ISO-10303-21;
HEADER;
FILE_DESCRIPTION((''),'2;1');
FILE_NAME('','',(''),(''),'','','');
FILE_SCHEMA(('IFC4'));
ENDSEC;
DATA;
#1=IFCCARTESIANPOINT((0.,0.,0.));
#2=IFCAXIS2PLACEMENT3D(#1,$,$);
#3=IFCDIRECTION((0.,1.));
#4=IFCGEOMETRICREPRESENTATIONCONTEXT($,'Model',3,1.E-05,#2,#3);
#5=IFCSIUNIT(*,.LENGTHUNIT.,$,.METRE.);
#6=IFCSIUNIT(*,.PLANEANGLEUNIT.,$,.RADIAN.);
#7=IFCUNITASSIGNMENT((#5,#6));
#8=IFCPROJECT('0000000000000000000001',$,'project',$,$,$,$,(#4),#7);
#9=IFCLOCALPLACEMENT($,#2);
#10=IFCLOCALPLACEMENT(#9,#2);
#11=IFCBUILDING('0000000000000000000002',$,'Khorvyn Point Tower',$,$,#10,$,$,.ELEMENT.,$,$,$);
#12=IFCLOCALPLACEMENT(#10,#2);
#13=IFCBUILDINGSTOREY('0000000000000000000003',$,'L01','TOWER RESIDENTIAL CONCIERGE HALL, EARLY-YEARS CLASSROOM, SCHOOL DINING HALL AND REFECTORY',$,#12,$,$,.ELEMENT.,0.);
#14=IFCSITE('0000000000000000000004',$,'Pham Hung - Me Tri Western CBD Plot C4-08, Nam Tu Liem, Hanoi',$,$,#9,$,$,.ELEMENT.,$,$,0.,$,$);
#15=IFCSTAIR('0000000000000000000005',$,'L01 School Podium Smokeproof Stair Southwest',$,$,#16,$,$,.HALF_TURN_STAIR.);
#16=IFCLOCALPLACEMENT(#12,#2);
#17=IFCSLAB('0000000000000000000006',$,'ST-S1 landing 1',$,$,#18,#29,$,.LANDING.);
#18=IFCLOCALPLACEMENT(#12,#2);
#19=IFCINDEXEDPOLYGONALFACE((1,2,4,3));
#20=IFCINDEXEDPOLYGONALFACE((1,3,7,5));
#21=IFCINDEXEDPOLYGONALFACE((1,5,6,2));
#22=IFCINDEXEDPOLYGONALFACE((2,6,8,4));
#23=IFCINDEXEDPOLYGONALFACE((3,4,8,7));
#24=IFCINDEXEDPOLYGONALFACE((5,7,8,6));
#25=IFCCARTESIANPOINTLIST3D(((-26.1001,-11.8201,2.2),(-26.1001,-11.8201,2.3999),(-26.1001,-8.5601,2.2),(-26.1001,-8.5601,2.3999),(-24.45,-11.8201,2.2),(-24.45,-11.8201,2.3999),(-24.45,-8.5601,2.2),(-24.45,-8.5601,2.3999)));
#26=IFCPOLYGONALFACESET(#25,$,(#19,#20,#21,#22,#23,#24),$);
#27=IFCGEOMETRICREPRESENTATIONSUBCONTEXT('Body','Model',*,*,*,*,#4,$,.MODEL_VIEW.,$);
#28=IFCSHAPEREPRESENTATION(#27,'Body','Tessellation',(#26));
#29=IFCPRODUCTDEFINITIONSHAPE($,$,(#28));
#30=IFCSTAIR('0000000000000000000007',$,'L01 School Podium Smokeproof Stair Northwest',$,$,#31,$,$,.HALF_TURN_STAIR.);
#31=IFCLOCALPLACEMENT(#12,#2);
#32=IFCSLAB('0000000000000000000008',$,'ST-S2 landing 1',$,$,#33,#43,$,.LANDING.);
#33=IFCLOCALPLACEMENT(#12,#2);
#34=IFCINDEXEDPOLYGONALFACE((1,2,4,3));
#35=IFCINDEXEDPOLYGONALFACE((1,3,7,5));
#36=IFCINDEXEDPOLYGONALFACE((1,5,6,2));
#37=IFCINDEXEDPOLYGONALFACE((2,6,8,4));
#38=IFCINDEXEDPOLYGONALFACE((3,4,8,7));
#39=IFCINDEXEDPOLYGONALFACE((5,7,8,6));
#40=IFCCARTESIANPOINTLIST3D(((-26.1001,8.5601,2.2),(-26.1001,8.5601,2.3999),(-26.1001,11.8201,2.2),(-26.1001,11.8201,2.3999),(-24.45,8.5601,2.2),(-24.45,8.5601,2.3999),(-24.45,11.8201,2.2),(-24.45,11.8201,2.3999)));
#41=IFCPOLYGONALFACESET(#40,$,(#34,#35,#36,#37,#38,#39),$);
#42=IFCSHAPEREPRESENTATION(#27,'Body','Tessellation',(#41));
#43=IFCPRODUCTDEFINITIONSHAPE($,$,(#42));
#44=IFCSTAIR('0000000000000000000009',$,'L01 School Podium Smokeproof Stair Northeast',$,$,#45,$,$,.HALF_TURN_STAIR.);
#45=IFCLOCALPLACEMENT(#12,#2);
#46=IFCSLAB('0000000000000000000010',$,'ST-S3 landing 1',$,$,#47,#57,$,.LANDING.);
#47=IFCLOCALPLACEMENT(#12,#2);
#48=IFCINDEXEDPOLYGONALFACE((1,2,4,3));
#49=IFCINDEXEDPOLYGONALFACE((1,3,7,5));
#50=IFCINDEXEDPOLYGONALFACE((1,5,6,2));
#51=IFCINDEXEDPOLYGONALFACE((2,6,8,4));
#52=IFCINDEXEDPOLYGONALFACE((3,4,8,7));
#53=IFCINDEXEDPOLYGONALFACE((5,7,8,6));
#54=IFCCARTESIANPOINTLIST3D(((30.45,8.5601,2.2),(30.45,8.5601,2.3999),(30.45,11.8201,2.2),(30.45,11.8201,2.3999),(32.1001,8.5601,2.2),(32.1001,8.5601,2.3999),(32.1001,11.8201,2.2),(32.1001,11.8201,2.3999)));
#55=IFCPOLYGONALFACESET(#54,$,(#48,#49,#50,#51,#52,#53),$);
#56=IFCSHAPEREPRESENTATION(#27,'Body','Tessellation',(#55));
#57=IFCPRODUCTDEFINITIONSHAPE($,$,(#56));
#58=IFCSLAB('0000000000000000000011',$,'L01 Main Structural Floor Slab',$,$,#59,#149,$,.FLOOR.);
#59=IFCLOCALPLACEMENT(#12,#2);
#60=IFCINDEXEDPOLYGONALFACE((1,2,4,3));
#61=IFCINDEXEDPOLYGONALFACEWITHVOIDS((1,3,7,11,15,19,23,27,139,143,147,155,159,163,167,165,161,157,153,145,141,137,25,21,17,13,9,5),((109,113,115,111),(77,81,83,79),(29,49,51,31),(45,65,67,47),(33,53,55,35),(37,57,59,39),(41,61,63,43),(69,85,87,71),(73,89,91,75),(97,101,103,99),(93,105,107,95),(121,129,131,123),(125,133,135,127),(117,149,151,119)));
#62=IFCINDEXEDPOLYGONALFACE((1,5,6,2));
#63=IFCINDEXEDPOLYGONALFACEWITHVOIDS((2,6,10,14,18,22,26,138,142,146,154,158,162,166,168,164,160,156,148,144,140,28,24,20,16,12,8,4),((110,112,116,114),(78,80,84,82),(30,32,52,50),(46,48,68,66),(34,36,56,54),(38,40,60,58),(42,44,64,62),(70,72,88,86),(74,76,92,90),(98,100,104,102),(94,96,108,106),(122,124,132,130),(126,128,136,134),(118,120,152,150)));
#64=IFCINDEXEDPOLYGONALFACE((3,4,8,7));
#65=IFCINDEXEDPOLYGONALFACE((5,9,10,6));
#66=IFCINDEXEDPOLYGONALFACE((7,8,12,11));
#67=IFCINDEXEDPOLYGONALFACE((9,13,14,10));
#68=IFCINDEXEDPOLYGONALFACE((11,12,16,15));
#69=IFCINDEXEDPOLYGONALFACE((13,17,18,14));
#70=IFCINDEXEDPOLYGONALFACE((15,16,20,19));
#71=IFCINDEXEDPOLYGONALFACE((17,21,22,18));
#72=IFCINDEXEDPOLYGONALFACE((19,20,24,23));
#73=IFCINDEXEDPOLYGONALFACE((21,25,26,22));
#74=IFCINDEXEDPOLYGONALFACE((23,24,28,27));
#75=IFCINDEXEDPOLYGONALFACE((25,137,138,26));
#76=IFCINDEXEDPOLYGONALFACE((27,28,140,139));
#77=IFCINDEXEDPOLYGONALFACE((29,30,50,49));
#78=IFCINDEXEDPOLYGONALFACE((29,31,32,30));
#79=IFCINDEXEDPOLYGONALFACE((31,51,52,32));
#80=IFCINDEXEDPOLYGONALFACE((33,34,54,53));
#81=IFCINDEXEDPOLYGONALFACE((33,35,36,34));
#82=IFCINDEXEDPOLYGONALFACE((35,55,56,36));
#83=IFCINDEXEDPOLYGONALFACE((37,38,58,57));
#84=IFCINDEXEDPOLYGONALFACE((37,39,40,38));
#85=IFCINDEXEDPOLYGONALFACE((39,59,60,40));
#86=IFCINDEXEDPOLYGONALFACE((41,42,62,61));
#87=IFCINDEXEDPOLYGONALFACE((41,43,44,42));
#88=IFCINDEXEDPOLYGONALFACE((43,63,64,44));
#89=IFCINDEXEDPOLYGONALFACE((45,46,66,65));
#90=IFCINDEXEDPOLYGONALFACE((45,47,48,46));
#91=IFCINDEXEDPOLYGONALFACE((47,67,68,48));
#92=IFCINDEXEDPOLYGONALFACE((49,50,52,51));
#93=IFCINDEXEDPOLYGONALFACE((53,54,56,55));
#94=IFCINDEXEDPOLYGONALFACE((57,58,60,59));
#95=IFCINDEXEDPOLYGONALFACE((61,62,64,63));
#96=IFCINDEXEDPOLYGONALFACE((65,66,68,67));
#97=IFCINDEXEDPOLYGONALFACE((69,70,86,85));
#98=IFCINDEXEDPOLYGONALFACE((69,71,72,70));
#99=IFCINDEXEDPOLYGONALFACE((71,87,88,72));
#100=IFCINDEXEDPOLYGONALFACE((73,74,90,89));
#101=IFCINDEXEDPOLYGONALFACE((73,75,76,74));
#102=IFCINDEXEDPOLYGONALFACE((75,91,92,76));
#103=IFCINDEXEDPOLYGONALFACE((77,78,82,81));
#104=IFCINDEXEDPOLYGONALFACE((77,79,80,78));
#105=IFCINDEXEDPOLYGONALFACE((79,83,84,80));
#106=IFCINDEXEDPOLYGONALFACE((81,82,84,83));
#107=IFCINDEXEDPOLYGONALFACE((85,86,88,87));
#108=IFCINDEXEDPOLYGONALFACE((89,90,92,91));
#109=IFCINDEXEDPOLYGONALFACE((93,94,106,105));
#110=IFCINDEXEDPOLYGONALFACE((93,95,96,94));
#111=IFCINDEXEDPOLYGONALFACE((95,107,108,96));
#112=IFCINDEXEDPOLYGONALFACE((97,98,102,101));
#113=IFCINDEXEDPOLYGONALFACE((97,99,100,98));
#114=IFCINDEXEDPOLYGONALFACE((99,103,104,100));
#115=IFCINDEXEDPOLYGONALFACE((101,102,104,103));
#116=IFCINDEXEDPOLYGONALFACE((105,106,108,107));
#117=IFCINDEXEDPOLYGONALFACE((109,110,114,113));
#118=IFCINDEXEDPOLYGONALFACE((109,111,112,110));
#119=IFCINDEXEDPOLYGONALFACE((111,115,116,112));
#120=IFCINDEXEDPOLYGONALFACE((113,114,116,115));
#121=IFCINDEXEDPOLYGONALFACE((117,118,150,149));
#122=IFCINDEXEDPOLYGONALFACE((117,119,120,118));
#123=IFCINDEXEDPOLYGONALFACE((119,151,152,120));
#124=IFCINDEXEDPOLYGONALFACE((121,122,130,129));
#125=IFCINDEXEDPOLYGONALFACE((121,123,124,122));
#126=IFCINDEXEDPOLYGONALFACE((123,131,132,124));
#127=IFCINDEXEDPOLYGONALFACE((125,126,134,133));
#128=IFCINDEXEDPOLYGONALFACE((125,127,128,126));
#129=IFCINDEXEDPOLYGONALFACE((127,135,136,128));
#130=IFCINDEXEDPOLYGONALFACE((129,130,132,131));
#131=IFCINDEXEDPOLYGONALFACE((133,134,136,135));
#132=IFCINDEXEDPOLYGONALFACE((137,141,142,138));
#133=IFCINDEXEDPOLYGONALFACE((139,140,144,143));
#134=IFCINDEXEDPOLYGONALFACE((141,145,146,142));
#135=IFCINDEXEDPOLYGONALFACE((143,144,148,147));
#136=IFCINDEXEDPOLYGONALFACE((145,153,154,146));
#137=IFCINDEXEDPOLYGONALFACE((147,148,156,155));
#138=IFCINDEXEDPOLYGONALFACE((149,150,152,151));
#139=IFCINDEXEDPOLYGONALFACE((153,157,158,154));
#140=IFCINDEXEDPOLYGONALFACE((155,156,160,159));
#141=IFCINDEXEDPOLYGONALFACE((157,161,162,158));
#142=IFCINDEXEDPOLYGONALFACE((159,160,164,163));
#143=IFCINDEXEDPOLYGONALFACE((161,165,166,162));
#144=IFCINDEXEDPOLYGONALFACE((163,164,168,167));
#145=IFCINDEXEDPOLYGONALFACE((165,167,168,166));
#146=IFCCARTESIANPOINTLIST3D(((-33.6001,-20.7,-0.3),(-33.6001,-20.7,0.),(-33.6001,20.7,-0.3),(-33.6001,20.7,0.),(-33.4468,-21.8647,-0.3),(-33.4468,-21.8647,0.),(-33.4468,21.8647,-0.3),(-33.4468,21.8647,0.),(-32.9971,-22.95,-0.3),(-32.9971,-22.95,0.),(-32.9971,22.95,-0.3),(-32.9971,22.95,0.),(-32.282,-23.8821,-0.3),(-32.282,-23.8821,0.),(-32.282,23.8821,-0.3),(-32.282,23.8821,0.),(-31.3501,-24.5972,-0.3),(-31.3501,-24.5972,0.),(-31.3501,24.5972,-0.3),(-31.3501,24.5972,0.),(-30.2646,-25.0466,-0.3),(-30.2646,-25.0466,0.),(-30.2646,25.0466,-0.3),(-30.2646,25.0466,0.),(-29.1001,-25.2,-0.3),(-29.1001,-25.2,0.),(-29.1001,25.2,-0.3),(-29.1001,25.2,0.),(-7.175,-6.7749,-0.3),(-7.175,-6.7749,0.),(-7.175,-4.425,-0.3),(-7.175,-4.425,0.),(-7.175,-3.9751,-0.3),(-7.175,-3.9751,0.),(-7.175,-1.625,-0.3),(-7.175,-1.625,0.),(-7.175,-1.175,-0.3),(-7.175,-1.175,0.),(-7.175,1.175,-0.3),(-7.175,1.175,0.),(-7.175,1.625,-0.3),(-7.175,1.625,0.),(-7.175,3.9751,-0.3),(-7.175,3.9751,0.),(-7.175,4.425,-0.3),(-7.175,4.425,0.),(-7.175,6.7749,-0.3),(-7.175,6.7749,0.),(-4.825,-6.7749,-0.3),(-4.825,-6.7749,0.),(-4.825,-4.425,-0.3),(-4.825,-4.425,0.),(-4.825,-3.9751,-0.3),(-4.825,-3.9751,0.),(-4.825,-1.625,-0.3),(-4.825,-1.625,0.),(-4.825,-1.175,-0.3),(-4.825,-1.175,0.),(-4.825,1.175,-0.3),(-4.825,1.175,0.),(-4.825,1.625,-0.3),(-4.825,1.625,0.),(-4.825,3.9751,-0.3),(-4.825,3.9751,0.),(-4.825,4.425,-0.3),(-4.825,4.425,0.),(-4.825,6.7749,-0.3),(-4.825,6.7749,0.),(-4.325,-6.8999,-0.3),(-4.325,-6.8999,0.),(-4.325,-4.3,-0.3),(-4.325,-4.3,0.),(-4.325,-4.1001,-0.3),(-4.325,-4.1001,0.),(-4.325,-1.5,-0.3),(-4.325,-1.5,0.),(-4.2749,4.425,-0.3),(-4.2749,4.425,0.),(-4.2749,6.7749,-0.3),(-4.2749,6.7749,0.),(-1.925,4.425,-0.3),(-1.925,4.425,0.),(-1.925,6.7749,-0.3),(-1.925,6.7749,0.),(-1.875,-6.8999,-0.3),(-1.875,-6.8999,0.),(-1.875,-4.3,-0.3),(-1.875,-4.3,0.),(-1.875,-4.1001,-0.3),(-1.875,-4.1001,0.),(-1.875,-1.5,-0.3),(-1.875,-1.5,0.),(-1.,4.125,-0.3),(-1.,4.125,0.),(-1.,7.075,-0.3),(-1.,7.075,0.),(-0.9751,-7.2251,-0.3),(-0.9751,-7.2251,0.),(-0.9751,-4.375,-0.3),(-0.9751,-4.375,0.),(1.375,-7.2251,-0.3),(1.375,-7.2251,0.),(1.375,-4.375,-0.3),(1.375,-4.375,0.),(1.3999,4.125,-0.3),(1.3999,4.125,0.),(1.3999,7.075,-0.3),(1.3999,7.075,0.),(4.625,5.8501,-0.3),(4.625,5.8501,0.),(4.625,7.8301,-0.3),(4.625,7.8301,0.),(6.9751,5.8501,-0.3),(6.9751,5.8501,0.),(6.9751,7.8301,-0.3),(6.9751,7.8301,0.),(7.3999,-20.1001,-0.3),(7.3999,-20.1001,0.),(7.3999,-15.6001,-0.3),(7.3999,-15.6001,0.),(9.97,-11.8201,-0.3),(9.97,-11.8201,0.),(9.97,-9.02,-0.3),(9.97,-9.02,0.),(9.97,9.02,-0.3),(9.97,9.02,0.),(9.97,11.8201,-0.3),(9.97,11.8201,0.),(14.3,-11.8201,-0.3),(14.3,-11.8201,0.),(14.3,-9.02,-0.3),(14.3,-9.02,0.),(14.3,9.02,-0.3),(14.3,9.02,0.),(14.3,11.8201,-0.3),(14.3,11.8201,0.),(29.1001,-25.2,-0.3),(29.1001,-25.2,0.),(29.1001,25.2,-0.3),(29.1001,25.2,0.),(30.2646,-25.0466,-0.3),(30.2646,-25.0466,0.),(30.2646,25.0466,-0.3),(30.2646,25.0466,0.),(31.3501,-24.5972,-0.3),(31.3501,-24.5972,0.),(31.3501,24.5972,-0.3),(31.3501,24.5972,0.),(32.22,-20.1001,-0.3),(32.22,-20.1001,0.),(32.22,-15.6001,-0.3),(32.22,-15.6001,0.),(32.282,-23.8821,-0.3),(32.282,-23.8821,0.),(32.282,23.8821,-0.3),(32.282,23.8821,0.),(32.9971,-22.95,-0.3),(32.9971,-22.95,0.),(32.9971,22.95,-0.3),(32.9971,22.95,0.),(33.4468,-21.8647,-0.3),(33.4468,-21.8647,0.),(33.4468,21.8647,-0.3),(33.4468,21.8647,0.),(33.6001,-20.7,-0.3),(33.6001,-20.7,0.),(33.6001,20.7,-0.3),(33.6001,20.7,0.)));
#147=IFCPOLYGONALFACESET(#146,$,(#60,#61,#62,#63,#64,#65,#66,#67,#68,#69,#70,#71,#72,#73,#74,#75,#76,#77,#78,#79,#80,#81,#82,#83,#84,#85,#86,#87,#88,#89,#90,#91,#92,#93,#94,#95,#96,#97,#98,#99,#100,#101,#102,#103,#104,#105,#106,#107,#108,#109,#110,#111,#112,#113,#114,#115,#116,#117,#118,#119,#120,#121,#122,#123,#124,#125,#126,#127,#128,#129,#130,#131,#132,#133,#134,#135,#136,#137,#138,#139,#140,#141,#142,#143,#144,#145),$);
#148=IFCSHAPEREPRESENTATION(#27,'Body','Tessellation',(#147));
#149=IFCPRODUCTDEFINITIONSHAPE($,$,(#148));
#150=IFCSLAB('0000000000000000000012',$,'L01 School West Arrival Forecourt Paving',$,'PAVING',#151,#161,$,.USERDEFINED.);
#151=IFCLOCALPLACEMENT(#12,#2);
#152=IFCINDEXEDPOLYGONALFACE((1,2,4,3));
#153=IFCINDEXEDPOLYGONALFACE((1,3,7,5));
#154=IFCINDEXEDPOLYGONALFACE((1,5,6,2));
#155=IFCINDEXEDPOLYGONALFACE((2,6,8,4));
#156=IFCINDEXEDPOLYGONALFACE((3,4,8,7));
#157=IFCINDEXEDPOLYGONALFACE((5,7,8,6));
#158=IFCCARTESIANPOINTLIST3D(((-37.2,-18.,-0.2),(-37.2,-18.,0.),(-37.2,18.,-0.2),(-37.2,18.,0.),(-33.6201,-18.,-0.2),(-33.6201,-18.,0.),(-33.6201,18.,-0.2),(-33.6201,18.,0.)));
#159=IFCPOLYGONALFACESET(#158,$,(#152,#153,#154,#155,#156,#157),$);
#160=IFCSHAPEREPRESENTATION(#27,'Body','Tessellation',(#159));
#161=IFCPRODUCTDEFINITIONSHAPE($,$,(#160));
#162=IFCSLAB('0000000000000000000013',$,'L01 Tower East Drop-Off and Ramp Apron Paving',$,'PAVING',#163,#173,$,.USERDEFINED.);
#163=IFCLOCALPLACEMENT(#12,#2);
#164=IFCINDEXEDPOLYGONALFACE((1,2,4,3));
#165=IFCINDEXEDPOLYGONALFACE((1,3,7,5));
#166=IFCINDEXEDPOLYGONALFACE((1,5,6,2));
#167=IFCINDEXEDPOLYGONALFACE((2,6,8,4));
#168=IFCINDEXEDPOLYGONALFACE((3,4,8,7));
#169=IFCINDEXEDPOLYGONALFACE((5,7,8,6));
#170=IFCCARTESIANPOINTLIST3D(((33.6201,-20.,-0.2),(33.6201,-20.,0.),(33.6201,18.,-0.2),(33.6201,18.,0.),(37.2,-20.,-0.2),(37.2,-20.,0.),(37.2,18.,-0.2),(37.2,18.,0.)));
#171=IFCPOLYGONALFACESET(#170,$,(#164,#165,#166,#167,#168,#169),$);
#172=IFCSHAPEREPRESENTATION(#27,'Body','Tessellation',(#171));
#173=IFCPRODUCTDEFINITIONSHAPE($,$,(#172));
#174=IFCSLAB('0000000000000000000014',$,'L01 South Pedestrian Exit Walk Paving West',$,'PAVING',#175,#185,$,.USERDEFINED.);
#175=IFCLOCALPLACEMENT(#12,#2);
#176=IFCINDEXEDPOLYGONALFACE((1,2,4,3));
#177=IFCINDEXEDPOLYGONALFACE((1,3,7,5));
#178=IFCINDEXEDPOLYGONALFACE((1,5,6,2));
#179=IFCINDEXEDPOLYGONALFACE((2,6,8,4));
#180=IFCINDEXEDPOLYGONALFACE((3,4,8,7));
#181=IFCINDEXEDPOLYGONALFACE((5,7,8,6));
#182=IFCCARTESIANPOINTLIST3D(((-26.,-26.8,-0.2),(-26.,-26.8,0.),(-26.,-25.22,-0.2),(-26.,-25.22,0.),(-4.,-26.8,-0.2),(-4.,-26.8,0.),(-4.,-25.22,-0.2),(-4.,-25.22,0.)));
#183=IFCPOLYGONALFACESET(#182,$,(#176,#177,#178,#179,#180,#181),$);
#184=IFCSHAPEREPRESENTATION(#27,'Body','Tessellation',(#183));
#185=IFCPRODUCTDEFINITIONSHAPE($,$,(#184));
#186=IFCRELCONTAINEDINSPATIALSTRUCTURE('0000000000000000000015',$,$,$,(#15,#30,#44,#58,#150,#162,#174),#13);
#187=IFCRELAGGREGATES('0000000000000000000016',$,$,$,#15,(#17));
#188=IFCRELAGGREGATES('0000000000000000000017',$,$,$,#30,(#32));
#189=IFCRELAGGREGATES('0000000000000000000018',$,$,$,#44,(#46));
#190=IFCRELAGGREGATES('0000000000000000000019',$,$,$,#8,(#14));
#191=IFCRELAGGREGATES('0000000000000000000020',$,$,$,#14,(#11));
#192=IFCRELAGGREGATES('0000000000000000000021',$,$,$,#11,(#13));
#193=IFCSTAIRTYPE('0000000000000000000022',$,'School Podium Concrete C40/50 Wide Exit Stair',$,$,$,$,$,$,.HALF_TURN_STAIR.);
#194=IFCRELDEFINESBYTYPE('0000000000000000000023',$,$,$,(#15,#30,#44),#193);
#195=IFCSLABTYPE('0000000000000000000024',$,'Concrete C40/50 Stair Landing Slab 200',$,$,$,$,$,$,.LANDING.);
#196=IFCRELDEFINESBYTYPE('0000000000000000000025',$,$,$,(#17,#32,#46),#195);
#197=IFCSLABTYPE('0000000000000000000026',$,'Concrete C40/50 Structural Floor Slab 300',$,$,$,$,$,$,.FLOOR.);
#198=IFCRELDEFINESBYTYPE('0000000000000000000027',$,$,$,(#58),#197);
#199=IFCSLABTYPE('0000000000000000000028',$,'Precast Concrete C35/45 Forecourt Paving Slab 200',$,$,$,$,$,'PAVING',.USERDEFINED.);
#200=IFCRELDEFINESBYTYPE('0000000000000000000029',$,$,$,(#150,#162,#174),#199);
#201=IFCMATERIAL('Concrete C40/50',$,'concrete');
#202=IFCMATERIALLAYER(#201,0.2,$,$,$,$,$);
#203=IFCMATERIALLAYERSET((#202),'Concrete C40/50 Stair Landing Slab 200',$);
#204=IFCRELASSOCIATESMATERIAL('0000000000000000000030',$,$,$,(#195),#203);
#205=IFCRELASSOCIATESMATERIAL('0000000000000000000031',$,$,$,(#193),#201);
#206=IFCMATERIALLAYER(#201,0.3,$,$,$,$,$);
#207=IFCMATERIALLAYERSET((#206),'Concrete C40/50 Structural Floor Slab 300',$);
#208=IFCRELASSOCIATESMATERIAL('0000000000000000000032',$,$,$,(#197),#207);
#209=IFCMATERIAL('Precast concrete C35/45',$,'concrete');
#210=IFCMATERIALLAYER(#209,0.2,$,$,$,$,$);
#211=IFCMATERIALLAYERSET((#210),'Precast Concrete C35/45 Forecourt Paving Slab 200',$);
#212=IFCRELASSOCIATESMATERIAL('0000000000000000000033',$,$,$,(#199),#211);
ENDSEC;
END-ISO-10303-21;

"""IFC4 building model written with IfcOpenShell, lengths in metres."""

from ifc_helpers import new_model, si_unit, direction, frame, origin, place, context, subcontext, project, spatial, polyline, outline, extrude, material, layer, layer_set, type_object, element, aggregate, save


model = new_model("IFC4")

# Units and contexts
model_context = context("Model", 3, precision=1e-05, world=origin(), true_north=direction((0.0, 1.0)))
body_context = subcontext(model_context, "Body", "Model", "MODEL_VIEW")
ifc_project = project(units=[si_unit("LENGTHUNIT", "METRE"), si_unit("PLANEANGLEUNIT", "RADIAN")], contexts=[model_context])

# Site, building, storey
site_placement = place(None, origin())
site = spatial("IfcSite", under=ifc_project, at=site_placement, Name="Pham Hung - Me Tri Western CBD Plot C4-08, Nam Tu Liem, Hanoi", CompositionType="ELEMENT", RefElevation=0.0)
building_placement = place(site_placement, origin())
building = spatial("IfcBuilding", under=site, at=building_placement, Name="Khorvyn Point Tower", CompositionType="ELEMENT")
storey_placement = place(building_placement, origin())
storey = spatial("IfcBuildingStorey", under=building, at=storey_placement, Name="L01", Description="TOWER RESIDENTIAL CONCIERGE HALL, EARLY-YEARS CLASSROOM, SCHOOL DINING HALL AND REFECTORY", CompositionType="ELEMENT", Elevation=0.0)

# Shared definitions
ifc_material_1 = material(Name="Concrete C40/50", Category="concrete")

# Stairs, slabs
ifc_layer_1 = layer(ifc_material_1, 0.2)
ifc_layer_set_1 = layer_set([ifc_layer_1], Name="Concrete C40/50 Stair Landing Slab 200")
slab_type_1 = type_object("IfcSlabType", Name="Concrete C40/50 Stair Landing Slab 200", PredefinedType="LANDING", material=ifc_layer_set_1)
stair_type_1 = type_object("IfcStairType", Name="School Podium Concrete C40/50 Wide Exit Stair", PredefinedType="HALF_TURN_STAIR", material=ifc_material_1)
stair_1_placement = place(storey_placement, origin())
stair_1 = element("IfcStair", 1, at=stair_1_placement, inside=storey, type_object=stair_type_1, Name="L01 School Podium Smokeproof Stair Southwest", PredefinedType="HALF_TURN_STAIR")
slab_1_placement = place(storey_placement, frame((0.0, 0.0, 2.2)))
slab_1 = element("IfcSlab", 2, at=slab_1_placement, type_object=slab_type_1, Name="ST-S1 landing 1", PredefinedType="LANDING", context=body_context, shape_type="SweptSolid", body=[
    extrude(outline(polyline([(-26.1001, -11.8201), (-24.45, -11.8201), (-24.45, -8.5601), (-26.1001, -8.5601), (-26.1001, -11.8201)])), origin(), (0.0, 0.0, 1.0), 0.2),
])
aggregate(stair_1, [slab_1])
stair_2_placement = place(storey_placement, origin())
stair_2 = element("IfcStair", 3, at=stair_2_placement, inside=storey, type_object=stair_type_1, Name="L01 School Podium Smokeproof Stair Northwest", PredefinedType="HALF_TURN_STAIR")
slab_2_placement = place(storey_placement, frame((0.0, 0.0, 2.2)))
slab_2 = element("IfcSlab", 4, at=slab_2_placement, type_object=slab_type_1, Name="ST-S2 landing 1", PredefinedType="LANDING", context=body_context, shape_type="SweptSolid", body=[
    extrude(outline(polyline([(-26.1001, 8.5601), (-24.45, 8.5601), (-24.45, 11.8201), (-26.1001, 11.8201), (-26.1001, 8.5601)])), origin(), (0.0, 0.0, 1.0), 0.2),
])
aggregate(stair_2, [slab_2])
stair_3_placement = place(storey_placement, origin())
stair_3 = element("IfcStair", 5, at=stair_3_placement, inside=storey, type_object=stair_type_1, Name="L01 School Podium Smokeproof Stair Northeast", PredefinedType="HALF_TURN_STAIR")
slab_3_placement = place(storey_placement, frame((0.0, 0.0, 2.2)))
slab_3 = element("IfcSlab", 6, at=slab_3_placement, type_object=slab_type_1, Name="ST-S3 landing 1", PredefinedType="LANDING", context=body_context, shape_type="SweptSolid", body=[
    extrude(outline(polyline([(30.45, 8.5601), (32.1001, 8.5601), (32.1001, 11.8201), (30.45, 11.8201), (30.45, 8.5601)])), origin(), (0.0, 0.0, 1.0), 0.2),
])
aggregate(stair_3, [slab_3])

# Slabs
ifc_layer_2 = layer(ifc_material_1, 0.3)
ifc_layer_set_2 = layer_set([ifc_layer_2], Name="Concrete C40/50 Structural Floor Slab 300")
slab_type_2 = type_object("IfcSlabType", Name="Concrete C40/50 Structural Floor Slab 300", PredefinedType="FLOOR", material=ifc_layer_set_2)
slab_4_placement = place(storey_placement, frame((0.0, 0.0, -0.3)))
element("IfcSlab", 7, at=slab_4_placement, inside=storey, type_object=slab_type_2, Name="L01 Main Structural Floor Slab", PredefinedType="FLOOR", context=body_context, shape_type="SweptSolid", body=[
    extrude(outline(polyline([(-29.1001, -25.2), (-30.2646, -25.0466), (-31.3501, -24.5972), (-32.282, -23.8821), (-32.9971, -22.95), (-33.4468, -21.8647), (-33.6001, -20.7), (-33.6001, 20.7), (-33.4468, 21.8647), (-32.9971, 22.95), (-32.282, 23.8821), (-31.3501, 24.5972), (-30.2646, 25.0466), (-29.1001, 25.2), (29.1001, 25.2), (30.2646, 25.0466), (31.3501, 24.5972), (32.282, 23.8821), (32.9971, 22.95), (33.4468, 21.8647), (33.6001, 20.7), (33.6001, -20.7), (33.4468, -21.8647), (32.9971, -22.95), (32.282, -23.8821), (31.3501, -24.5972), (30.2646, -25.0466), (29.1001, -25.2), (-29.1001, -25.2)]), holes=[polyline([(-4.825, -6.7749), (-4.825, -4.425), (-7.175, -4.425), (-7.175, -6.7749), (-4.825, -6.7749)]), polyline([(-4.325, -6.8999), (-1.875, -6.8999), (-1.875, -4.3), (-4.325, -4.3), (-4.325, -6.8999)]), polyline([(-7.175, -3.9751), (-4.825, -3.9751), (-4.825, -1.625), (-7.175, -1.625), (-7.175, -3.9751)]), polyline([(-7.175, -1.175), (-4.825, -1.175), (-4.825, 1.175), (-7.175, 1.175), (-7.175, -1.175)]), polyline([(-7.175, 1.625), (-4.825, 1.625), (-4.825, 3.9751), (-7.175, 3.9751), (-7.175, 1.625)]), polyline([(-7.175, 4.425), (-4.825, 4.425), (-4.825, 6.7749), (-7.175, 6.7749), (-7.175, 4.425)]), polyline([(-4.2749, 4.425), (-1.925, 4.425), (-1.925, 6.7749), (-4.2749, 6.7749), (-4.2749, 4.425)]), polyline([(32.22, -20.1001), (32.22, -15.6001), (7.3999, -15.6001), (7.3999, -20.1001), (32.22, -20.1001)]), polyline([(9.97, -11.8201), (14.3, -11.8201), (14.3, -9.02), (9.97, -9.02), (9.97, -11.8201)]), polyline([(-0.9751, -7.2251), (1.375, -7.2251), (1.375, -4.375), (-0.9751, -4.375), (-0.9751, -7.2251)]), polyline([(-4.325, -4.1001), (-1.875, -4.1001), (-1.875, -1.5), (-4.325, -1.5), (-4.325, -4.1001)]), polyline([(-1.0, 4.125), (1.3999, 4.125), (1.3999, 7.075), (-1.0, 7.075), (-1.0, 4.125)]), polyline([(4.625, 5.8501), (6.9751, 5.8501), (6.9751, 7.8301), (4.625, 7.8301), (4.625, 5.8501)]), polyline([(9.97, 9.02), (14.3, 9.02), (14.3, 11.8201), (9.97, 11.8201), (9.97, 9.02)])]), origin(), (0.0, 0.0, 1.0), 0.3),
])
ifc_material_2 = material(Name="Precast concrete C35/45", Category="concrete")
ifc_layer_3 = layer(ifc_material_2, 0.2)
ifc_layer_set_3 = layer_set([ifc_layer_3], Name="Precast Concrete C35/45 Forecourt Paving Slab 200")
slab_type_3 = type_object("IfcSlabType", Name="Precast Concrete C35/45 Forecourt Paving Slab 200", ElementType="PAVING", PredefinedType="USERDEFINED", material=ifc_layer_set_3)
slab_5_placement = place(storey_placement, frame((0.0, 0.0, -0.2)))
element("IfcSlab", 8, at=slab_5_placement, inside=storey, type_object=slab_type_3, Name="L01 School West Arrival Forecourt Paving", ObjectType="PAVING", PredefinedType="USERDEFINED", context=body_context, shape_type="SweptSolid", body=[
    extrude(outline(polyline([(-37.2, -18.0), (-33.6201, -18.0), (-33.6201, 18.0), (-37.2, 18.0), (-37.2, -18.0)])), origin(), (0.0, 0.0, 1.0), 0.2),
])
slab_6_placement = place(storey_placement, frame((0.0, 0.0, -0.2)))
element("IfcSlab", 9, at=slab_6_placement, inside=storey, type_object=slab_type_3, Name="L01 Tower East Drop-Off and Ramp Apron Paving", ObjectType="PAVING", PredefinedType="USERDEFINED", context=body_context, shape_type="SweptSolid", body=[
    extrude(outline(polyline([(33.6201, -20.0), (37.2, -20.0), (37.2, 18.0), (33.6201, 18.0), (33.6201, -20.0)])), origin(), (0.0, 0.0, 1.0), 0.2),
])
slab_7_placement = place(storey_placement, frame((0.0, 0.0, -0.2)))
element("IfcSlab", 10, at=slab_7_placement, inside=storey, type_object=slab_type_3, Name="L01 South Pedestrian Exit Walk Paving West", ObjectType="PAVING", PredefinedType="USERDEFINED", context=body_context, shape_type="SweptSolid", body=[
    extrude(outline(polyline([(-26.0, -26.8), (-4.0, -26.8), (-4.0, -25.22), (-26.0, -25.22), (-26.0, -26.8)])), origin(), (0.0, 0.0, 1.0), 0.2),
])

save(model, "model.ifc")
